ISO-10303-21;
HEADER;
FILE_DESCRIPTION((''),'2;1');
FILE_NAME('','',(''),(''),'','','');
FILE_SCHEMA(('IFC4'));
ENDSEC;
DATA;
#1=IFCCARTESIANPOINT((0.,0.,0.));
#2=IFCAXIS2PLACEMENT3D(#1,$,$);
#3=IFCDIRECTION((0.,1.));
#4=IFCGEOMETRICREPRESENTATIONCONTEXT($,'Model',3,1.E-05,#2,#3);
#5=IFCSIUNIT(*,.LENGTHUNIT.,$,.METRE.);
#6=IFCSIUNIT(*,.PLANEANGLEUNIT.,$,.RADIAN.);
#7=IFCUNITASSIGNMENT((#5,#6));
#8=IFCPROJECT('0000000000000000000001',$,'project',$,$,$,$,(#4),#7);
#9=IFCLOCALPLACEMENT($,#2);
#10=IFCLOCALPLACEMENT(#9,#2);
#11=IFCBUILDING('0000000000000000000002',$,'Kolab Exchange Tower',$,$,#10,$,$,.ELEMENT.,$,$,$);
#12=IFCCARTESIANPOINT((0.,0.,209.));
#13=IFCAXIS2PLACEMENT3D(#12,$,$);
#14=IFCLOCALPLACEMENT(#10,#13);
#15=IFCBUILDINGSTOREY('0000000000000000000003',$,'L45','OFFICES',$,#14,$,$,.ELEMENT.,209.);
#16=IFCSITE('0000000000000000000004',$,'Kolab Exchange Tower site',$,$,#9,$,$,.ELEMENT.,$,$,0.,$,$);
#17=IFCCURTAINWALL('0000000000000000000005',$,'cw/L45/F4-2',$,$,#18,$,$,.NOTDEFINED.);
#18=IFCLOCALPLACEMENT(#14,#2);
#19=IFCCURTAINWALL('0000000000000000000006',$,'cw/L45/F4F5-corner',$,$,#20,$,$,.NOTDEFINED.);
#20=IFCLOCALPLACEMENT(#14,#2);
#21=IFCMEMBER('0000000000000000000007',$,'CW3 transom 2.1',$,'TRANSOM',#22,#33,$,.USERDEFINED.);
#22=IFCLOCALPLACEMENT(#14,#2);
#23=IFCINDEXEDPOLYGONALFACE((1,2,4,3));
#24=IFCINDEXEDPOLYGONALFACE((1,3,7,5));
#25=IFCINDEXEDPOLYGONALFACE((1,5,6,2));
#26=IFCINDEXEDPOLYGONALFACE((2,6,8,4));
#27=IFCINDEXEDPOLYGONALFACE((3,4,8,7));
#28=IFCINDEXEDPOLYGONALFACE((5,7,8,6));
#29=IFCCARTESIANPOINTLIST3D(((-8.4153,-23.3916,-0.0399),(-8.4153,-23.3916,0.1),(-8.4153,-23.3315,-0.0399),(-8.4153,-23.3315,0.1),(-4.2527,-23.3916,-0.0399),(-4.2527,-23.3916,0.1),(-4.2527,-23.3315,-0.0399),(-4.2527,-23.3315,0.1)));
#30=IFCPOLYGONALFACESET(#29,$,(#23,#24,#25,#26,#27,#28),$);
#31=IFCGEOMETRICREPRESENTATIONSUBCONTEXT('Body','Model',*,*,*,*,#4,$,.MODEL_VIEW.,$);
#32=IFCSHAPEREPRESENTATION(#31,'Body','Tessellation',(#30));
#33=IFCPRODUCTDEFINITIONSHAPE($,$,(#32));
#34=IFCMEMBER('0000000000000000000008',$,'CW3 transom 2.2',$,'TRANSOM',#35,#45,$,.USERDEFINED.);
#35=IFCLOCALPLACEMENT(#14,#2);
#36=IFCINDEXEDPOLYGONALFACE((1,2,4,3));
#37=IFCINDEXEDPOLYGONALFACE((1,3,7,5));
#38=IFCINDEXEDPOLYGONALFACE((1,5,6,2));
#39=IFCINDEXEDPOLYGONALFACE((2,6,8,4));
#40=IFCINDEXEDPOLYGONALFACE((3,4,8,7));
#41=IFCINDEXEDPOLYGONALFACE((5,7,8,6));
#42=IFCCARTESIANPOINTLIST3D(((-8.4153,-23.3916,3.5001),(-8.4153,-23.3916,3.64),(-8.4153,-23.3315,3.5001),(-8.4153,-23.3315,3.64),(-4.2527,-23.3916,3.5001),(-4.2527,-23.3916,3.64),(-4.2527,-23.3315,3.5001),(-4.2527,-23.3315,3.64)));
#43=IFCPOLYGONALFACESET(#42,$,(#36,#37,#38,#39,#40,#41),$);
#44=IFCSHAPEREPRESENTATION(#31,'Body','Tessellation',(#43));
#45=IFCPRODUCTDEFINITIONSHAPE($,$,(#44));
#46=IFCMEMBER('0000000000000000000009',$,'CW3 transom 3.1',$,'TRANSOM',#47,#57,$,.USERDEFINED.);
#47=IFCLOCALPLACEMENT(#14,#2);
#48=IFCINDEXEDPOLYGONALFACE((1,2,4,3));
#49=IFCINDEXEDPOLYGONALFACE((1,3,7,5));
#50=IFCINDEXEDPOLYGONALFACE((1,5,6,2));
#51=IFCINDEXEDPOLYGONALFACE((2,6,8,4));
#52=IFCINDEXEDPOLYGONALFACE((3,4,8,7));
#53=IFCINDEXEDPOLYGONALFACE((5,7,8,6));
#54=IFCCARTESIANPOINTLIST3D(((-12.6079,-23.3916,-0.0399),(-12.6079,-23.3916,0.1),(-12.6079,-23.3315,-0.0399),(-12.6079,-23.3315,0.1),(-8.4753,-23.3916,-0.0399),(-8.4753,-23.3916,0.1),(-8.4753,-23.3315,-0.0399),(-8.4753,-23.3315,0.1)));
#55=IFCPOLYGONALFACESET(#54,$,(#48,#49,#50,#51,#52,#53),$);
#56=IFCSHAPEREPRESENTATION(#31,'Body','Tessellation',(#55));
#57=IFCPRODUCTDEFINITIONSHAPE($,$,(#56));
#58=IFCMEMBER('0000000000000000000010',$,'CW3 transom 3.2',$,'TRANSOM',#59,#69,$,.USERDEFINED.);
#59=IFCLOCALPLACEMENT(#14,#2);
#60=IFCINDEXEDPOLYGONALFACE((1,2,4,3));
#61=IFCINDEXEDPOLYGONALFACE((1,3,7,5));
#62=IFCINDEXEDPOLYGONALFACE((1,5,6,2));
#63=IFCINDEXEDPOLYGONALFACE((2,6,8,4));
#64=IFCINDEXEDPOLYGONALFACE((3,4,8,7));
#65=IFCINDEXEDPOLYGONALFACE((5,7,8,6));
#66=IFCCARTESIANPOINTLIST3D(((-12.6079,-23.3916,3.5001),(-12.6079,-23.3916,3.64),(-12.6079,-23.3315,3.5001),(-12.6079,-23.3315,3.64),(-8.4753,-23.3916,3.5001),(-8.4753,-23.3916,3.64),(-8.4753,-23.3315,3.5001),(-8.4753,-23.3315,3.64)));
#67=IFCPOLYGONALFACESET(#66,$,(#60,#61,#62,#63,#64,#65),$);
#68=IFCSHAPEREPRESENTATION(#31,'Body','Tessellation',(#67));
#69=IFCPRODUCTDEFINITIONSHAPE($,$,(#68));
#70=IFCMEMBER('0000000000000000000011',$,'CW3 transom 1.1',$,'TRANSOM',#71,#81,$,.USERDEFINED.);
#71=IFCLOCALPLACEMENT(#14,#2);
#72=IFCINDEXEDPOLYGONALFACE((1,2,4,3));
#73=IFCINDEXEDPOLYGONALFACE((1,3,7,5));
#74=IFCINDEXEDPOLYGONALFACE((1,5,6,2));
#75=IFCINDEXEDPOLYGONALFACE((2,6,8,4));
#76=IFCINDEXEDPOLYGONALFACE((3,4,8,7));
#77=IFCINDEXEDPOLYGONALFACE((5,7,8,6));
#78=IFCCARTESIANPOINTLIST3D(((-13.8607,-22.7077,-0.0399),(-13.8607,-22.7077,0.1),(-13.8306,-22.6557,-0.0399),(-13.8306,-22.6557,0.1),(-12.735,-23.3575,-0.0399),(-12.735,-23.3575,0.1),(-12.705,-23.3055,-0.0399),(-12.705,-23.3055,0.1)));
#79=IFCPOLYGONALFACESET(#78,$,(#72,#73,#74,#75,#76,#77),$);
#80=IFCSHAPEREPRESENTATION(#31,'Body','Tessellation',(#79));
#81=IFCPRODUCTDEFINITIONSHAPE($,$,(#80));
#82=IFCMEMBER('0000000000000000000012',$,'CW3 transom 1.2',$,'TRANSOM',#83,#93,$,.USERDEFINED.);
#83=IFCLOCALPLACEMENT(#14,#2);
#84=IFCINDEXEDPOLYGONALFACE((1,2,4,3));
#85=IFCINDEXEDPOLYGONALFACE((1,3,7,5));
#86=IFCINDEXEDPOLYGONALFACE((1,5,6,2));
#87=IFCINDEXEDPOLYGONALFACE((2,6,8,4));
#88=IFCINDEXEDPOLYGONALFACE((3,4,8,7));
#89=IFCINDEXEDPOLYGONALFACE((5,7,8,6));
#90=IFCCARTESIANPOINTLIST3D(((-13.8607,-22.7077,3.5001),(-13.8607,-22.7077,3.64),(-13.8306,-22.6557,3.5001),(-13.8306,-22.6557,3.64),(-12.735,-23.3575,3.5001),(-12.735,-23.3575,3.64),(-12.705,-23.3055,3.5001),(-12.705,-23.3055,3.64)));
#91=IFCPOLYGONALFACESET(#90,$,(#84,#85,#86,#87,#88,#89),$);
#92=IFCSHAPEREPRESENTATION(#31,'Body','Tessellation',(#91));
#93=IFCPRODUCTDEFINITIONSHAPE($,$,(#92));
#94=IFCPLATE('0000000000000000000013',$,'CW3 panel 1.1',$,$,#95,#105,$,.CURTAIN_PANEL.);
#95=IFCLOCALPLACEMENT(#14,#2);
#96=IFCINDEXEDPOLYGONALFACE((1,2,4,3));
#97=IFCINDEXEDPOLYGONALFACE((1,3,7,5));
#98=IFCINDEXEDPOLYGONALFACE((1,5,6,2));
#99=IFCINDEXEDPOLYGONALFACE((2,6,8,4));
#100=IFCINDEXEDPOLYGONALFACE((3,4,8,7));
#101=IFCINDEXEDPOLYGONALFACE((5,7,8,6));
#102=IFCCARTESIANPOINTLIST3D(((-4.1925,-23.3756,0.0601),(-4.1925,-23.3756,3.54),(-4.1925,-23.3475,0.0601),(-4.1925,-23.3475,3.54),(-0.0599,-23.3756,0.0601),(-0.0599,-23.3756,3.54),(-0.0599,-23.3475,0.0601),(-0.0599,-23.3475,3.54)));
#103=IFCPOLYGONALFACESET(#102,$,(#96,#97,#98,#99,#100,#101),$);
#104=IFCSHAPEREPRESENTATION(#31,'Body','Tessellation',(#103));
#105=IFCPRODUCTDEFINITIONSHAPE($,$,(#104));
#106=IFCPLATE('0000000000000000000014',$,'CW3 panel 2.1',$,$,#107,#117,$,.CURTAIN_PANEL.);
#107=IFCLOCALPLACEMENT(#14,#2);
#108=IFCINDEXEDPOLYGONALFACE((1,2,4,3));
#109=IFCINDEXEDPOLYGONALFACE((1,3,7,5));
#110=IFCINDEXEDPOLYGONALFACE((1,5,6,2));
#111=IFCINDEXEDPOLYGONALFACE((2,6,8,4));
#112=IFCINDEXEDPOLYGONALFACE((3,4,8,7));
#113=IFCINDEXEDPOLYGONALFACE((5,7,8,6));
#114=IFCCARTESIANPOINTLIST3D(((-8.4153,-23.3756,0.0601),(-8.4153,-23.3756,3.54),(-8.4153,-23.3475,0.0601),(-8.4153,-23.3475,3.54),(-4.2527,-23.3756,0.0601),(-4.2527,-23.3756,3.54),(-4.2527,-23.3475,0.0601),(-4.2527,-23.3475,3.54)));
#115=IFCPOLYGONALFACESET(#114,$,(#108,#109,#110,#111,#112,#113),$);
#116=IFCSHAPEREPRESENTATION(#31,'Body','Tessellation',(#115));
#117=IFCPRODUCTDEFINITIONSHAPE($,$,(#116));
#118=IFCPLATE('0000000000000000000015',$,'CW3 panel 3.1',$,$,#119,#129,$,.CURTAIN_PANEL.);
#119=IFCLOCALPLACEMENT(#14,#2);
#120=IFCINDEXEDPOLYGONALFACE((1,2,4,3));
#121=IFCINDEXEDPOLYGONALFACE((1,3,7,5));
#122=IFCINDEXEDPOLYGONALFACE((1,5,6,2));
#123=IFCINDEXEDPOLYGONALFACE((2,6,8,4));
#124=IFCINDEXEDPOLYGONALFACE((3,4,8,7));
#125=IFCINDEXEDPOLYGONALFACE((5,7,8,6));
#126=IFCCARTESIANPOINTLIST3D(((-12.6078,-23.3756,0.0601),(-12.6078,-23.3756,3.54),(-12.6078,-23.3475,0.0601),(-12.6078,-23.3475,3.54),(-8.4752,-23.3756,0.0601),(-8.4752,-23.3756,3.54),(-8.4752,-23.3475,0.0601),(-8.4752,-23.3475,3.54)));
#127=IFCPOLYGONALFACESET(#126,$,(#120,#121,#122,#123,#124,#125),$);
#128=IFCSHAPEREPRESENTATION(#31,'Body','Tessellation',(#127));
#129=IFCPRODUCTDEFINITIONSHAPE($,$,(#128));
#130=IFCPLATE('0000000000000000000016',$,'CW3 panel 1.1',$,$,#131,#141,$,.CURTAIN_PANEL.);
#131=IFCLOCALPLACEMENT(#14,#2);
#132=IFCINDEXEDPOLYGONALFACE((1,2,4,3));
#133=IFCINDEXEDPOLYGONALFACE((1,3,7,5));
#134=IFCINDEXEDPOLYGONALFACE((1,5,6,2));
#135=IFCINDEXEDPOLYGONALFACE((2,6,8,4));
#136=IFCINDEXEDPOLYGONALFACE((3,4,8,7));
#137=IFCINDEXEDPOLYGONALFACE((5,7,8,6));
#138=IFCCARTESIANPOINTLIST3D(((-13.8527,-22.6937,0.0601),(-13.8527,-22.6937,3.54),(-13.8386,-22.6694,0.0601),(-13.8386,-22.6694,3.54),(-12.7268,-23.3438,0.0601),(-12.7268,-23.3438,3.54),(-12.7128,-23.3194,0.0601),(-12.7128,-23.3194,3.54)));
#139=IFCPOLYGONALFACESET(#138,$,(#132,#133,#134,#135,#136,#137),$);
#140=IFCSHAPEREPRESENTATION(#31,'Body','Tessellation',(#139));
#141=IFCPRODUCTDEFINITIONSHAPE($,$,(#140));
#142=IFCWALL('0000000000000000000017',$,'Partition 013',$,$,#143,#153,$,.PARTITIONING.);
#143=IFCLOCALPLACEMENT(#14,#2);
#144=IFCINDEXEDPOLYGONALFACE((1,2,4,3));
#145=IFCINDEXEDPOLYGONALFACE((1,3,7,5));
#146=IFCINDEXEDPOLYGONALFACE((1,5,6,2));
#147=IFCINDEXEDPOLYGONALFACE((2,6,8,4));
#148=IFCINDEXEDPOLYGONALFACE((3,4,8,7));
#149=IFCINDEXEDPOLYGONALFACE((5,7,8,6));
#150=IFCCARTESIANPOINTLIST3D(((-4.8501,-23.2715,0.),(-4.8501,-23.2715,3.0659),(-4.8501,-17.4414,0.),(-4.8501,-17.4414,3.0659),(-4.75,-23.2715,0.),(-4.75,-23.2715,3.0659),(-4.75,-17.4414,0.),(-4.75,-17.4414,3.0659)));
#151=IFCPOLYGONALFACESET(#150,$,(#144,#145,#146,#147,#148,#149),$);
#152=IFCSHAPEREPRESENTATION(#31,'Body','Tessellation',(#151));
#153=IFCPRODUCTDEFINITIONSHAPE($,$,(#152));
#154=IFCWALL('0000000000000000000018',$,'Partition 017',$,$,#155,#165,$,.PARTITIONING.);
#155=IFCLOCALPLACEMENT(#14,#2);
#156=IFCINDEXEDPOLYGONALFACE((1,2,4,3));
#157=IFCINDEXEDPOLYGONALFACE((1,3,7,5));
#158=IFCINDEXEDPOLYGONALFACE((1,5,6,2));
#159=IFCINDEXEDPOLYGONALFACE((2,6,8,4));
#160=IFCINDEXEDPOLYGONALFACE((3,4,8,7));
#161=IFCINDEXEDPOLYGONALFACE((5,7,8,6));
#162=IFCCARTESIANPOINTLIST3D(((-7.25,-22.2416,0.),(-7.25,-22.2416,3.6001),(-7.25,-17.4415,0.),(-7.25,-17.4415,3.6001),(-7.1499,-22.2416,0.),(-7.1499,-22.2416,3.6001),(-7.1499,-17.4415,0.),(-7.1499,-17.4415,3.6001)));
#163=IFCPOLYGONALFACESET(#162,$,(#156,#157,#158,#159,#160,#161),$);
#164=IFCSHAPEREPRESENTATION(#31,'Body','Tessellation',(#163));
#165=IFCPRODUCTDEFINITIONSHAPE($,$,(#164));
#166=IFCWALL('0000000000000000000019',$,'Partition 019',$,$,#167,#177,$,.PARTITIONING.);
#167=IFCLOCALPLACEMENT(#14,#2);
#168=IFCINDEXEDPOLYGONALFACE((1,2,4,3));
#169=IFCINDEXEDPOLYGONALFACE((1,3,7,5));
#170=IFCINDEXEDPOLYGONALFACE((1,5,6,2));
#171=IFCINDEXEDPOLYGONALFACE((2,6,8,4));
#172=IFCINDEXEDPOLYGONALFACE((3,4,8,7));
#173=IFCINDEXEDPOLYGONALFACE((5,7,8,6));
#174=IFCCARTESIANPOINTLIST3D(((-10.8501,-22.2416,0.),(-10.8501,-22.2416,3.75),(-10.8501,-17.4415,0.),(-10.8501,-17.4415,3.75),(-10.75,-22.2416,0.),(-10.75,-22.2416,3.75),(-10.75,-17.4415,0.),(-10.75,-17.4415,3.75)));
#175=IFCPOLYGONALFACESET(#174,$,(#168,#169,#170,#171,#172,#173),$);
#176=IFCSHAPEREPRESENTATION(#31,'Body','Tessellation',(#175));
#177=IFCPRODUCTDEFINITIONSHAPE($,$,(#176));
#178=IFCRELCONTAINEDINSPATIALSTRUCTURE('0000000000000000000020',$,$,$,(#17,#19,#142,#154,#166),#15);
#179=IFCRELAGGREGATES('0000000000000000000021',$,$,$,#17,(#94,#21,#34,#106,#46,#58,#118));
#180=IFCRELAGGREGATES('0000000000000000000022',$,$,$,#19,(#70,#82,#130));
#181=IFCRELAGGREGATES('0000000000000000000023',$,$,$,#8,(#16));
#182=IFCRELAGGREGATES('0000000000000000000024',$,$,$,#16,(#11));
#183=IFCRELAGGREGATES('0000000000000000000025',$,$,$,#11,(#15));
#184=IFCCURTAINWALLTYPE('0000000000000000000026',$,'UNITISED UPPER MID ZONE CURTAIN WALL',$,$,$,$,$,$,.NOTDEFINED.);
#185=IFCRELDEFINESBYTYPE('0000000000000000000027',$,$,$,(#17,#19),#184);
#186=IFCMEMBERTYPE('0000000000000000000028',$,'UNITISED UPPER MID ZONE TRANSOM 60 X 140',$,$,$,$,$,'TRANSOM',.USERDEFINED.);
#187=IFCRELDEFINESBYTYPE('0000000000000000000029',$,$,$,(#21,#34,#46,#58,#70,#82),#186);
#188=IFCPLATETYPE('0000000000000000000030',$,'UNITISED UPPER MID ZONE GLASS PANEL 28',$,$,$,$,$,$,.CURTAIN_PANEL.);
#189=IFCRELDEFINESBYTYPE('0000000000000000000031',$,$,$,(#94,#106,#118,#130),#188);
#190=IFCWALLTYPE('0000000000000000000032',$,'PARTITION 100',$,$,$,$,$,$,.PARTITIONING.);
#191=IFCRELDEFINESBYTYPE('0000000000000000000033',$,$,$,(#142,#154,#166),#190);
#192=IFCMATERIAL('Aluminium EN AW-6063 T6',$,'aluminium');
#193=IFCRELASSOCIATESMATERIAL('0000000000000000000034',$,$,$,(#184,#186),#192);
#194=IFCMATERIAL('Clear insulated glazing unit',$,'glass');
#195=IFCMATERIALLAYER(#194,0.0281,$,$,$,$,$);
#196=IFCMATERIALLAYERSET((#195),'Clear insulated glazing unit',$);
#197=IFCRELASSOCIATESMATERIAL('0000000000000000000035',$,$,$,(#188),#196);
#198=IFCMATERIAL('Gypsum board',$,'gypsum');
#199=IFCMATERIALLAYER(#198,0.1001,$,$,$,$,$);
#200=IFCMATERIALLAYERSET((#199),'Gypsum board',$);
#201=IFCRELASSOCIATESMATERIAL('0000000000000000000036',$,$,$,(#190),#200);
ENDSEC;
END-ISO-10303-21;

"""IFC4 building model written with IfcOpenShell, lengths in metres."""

from ifc_helpers import new_model, si_unit, direction, frame, frame_2d, origin, origin_2d, place, context, subcontext, project, spatial, rectangle, extrude, material, layer, layer_set, material_profile, profile_set, type_object, element, aggregate, save


model = new_model("IFC4")

# Units and contexts
model_context = context("Model", 3, precision=1e-05, world=origin(), true_north=direction((0.0, 1.0)))
body_context = subcontext(model_context, "Body", "Model", "MODEL_VIEW")
ifc_project = project(units=[si_unit("LENGTHUNIT", "METRE"), si_unit("PLANEANGLEUNIT", "RADIAN")], contexts=[model_context])

# Site, building, storey
site_placement = place(None, origin())
site = spatial("IfcSite", under=ifc_project, at=site_placement, Name="Kolab Exchange Tower site", CompositionType="ELEMENT", RefElevation=0.0)
building_placement = place(site_placement, origin())
building = spatial("IfcBuilding", under=site, at=building_placement, Name="Kolab Exchange Tower", CompositionType="ELEMENT")
storey_placement = place(building_placement, frame((0.0, 0.0, 209.0)))
storey = spatial("IfcBuildingStorey", under=building, at=storey_placement, Name="L45", Description="OFFICES", CompositionType="ELEMENT", Elevation=209.0)

# Curtain walls
ifc_material_1 = material(Name="Aluminium EN AW-6063 T6", Category="aluminium")
curtain_wall_type = type_object("IfcCurtainWallType", Name="UNITISED UPPER MID ZONE CURTAIN WALL", PredefinedType="NOTDEFINED", material=ifc_material_1)
curtain_wall_1_placement = place(storey_placement, origin())
curtain_wall_1 = element("IfcCurtainWall", 1, at=curtain_wall_1_placement, inside=storey, type_object=curtain_wall_type, Name="cw/L45/F4-2", PredefinedType="NOTDEFINED")
curtain_wall_2_placement = place(storey_placement, origin())
curtain_wall_2 = element("IfcCurtainWall", 2, at=curtain_wall_2_placement, inside=storey, type_object=curtain_wall_type, Name="cw/L45/F4F5-corner", PredefinedType="NOTDEFINED")

# Members
ifc_material_profile_1 = material_profile(ifc_material_1, rectangle(XDim=0.0601, YDim=0.1399, at=origin_2d()), Name="RECT 60X140")
ifc_profile_set_1 = profile_set([ifc_material_profile_1], Name="Aluminium EN AW-6063 T6")
member_type_1 = type_object("IfcMemberType", Name="UNITISED UPPER MID ZONE TRANSOM 60 X 140", ElementType="TRANSOM", PredefinedType="USERDEFINED", material=ifc_profile_set_1)
member_1_placement = place(storey_placement, frame((-4.2527, -23.3616, 0.03), z_axis=(-1.0, 0.0, 0.0), x_axis=(0.0, -1.0, 0.0)))
member_1 = element("IfcMember", 3, at=member_1_placement, type_object=member_type_1, Name="CW3 transom 2.1", ObjectType="TRANSOM", PredefinedType="USERDEFINED", context=body_context, shape_type="SweptSolid", body=[
    extrude(rectangle(XDim=0.0601, YDim=0.1399, at=origin_2d()), origin(), (0.0, 0.0, 1.0), 4.1626),
])
member_2_placement = place(storey_placement, frame((-4.2527, -23.3616, 3.5701), z_axis=(-1.0, 0.0, 0.0), x_axis=(0.0, -1.0, 0.0)))
member_2 = element("IfcMember", 4, at=member_2_placement, type_object=member_type_1, Name="CW3 transom 2.2", ObjectType="TRANSOM", PredefinedType="USERDEFINED", context=body_context, shape_type="SweptSolid", body=[
    extrude(rectangle(XDim=0.0601, YDim=0.1399, at=origin_2d()), origin(), (0.0, 0.0, 1.0), 4.1626),
])
member_3_placement = place(storey_placement, frame((-8.4753, -23.3616, 0.03), z_axis=(-1.0, 0.0, 0.0), x_axis=(0.0, -1.0, 0.0)))
member_3 = element("IfcMember", 5, at=member_3_placement, type_object=member_type_1, Name="CW3 transom 3.1", ObjectType="TRANSOM", PredefinedType="USERDEFINED", context=body_context, shape_type="SweptSolid", body=[
    extrude(rectangle(XDim=0.0601, YDim=0.1399, at=origin_2d()), origin(), (0.0, 0.0, 1.0), 4.1326),
])
member_4_placement = place(storey_placement, frame((-8.4753, -23.3616, 3.5701), z_axis=(-1.0, 0.0, 0.0), x_axis=(0.0, -1.0, 0.0)))
member_4 = element("IfcMember", 6, at=member_4_placement, type_object=member_type_1, Name="CW3 transom 3.2", ObjectType="TRANSOM", PredefinedType="USERDEFINED", context=body_context, shape_type="SweptSolid", body=[
    extrude(rectangle(XDim=0.0601, YDim=0.1399, at=origin_2d()), origin(), (0.0, 0.0, 1.0), 4.1326),
])
member_5_placement = place(storey_placement, frame((-12.72, -23.3315, 0.03), z_axis=(-0.866039, 0.499977, 0.0), x_axis=(-0.499977, -0.866039, 0.0)))
member_5 = element("IfcMember", 7, at=member_5_placement, type_object=member_type_1, Name="CW3 transom 1.1", ObjectType="TRANSOM", PredefinedType="USERDEFINED", context=body_context, shape_type="SweptSolid", body=[
    extrude(rectangle(XDim=0.0601, YDim=0.1399, at=origin_2d()), origin(), (0.0, 0.0, 1.0), 1.2998),
])
member_6_placement = place(storey_placement, frame((-12.72, -23.3315, 3.5701), z_axis=(-0.866039, 0.499977, 0.0), x_axis=(-0.499977, -0.866039, 0.0)))
member_6 = element("IfcMember", 8, at=member_6_placement, type_object=member_type_1, Name="CW3 transom 1.2", ObjectType="TRANSOM", PredefinedType="USERDEFINED", context=body_context, shape_type="SweptSolid", body=[
    extrude(rectangle(XDim=0.0601, YDim=0.1399, at=origin_2d()), origin(), (0.0, 0.0, 1.0), 1.2998),
])

# Plates
ifc_material_2 = material(Name="Clear insulated glazing unit", Category="glass")
ifc_layer_1 = layer(ifc_material_2, 0.0281)
ifc_layer_set_1 = layer_set([ifc_layer_1], Name="Clear insulated glazing unit")
plate_type = type_object("IfcPlateType", Name="UNITISED UPPER MID ZONE GLASS PANEL 28", PredefinedType="CURTAIN_PANEL", material=ifc_layer_set_1)
plate_1_placement = place(storey_placement, frame((-2.1262, -23.3616, 0.0601), z_axis=(0.0, 0.0, 1.0), x_axis=(-1.0, 0.0, 0.0)))
plate_1 = element("IfcPlate", 9, at=plate_1_placement, type_object=plate_type, Name="CW3 panel 1.1", PredefinedType="CURTAIN_PANEL", context=body_context, shape_type="SweptSolid", body=[
    extrude(rectangle(XDim=4.1326, YDim=0.0281, at=origin_2d()), origin(), (0.0, 0.0, 1.0), 3.48),
])
plate_2_placement = place(storey_placement, frame((-6.334, -23.3616, 0.0601), z_axis=(0.0, 0.0, 1.0), x_axis=(-1.0, 0.0, 0.0)))
plate_2 = element("IfcPlate", 10, at=plate_2_placement, type_object=plate_type, Name="CW3 panel 2.1", PredefinedType="CURTAIN_PANEL", context=body_context, shape_type="SweptSolid", body=[
    extrude(rectangle(XDim=4.1626, YDim=0.0281, at=origin_2d()), origin(), (0.0, 0.0, 1.0), 3.48),
])
plate_3_placement = place(storey_placement, frame((-10.5415, -23.3616, 0.0601), z_axis=(0.0, 0.0, 1.0), x_axis=(-1.0, 0.0, 0.0)))
plate_3 = element("IfcPlate", 11, at=plate_3_placement, type_object=plate_type, Name="CW3 panel 3.1", PredefinedType="CURTAIN_PANEL", context=body_context, shape_type="SweptSolid", body=[
    extrude(rectangle(XDim=4.1326, YDim=0.0281, at=origin_2d()), origin(), (0.0, 0.0, 1.0), 3.48),
])
aggregate(curtain_wall_1, [plate_1, member_1, member_2, plate_2, member_3, member_4, plate_3])
plate_4_placement = place(storey_placement, frame((-13.2827, -23.0066, 0.0601), z_axis=(0.0, 0.0, 1.0), x_axis=(-0.866025, 0.5, 0.0)))
plate_4 = element("IfcPlate", 12, at=plate_4_placement, type_object=plate_type, Name="CW3 panel 1.1", PredefinedType="CURTAIN_PANEL", context=body_context, shape_type="SweptSolid", body=[
    extrude(rectangle(XDim=1.3, YDim=0.0281, at=origin_2d()), origin(), (0.0, 0.0, 1.0), 3.48),
])
aggregate(curtain_wall_2, [member_5, member_6, plate_4])

# Walls
ifc_material_3 = material(Name="Gypsum board", Category="gypsum")
ifc_layer_2 = layer(ifc_material_3, 0.1001)
ifc_layer_set_2 = layer_set([ifc_layer_2], Name="Gypsum board")
wall_type = type_object("IfcWallType", Name="PARTITION 100", PredefinedType="PARTITIONING", material=ifc_layer_set_2)
wall_1_placement = place(storey_placement, frame((-4.8, -23.2715, 0.0), z_axis=(0.0, 0.0, 1.0), x_axis=(0.0, 1.0, 0.0)))
element("IfcWall", 13, at=wall_1_placement, inside=storey, type_object=wall_type, Name="Partition 013", PredefinedType="PARTITIONING", context=body_context, shape_type="SweptSolid", body=[
    extrude(rectangle(XDim=5.8301, YDim=0.1001, at=frame_2d((2.915, 0.0))), origin(), (0.0, 0.0, 1.0), 3.0659),
])
wall_2_placement = place(storey_placement, frame((-7.2, -22.2415, 0.0), z_axis=(0.0, 0.0, 1.0), x_axis=(0.0, 1.0, 0.0)))
element("IfcWall", 14, at=wall_2_placement, inside=storey, type_object=wall_type, Name="Partition 017", PredefinedType="PARTITIONING", context=body_context, shape_type="SweptSolid", body=[
    extrude(rectangle(XDim=4.8, YDim=0.1001, at=frame_2d((2.3999, 0.0))), origin(), (0.0, 0.0, 1.0), 3.6001),
])
wall_3_placement = place(storey_placement, frame((-10.8, -22.2415, 0.0), z_axis=(0.0, 0.0, 1.0), x_axis=(0.0, 1.0, 0.0)))
element("IfcWall", 15, at=wall_3_placement, inside=storey, type_object=wall_type, Name="Partition 019", PredefinedType="PARTITIONING", context=body_context, shape_type="SweptSolid", body=[
    extrude(rectangle(XDim=4.8, YDim=0.1001, at=frame_2d((2.3999, 0.0))), origin(), (0.0, 0.0, 1.0), 3.75),
])

save(model, "model.ifc")
